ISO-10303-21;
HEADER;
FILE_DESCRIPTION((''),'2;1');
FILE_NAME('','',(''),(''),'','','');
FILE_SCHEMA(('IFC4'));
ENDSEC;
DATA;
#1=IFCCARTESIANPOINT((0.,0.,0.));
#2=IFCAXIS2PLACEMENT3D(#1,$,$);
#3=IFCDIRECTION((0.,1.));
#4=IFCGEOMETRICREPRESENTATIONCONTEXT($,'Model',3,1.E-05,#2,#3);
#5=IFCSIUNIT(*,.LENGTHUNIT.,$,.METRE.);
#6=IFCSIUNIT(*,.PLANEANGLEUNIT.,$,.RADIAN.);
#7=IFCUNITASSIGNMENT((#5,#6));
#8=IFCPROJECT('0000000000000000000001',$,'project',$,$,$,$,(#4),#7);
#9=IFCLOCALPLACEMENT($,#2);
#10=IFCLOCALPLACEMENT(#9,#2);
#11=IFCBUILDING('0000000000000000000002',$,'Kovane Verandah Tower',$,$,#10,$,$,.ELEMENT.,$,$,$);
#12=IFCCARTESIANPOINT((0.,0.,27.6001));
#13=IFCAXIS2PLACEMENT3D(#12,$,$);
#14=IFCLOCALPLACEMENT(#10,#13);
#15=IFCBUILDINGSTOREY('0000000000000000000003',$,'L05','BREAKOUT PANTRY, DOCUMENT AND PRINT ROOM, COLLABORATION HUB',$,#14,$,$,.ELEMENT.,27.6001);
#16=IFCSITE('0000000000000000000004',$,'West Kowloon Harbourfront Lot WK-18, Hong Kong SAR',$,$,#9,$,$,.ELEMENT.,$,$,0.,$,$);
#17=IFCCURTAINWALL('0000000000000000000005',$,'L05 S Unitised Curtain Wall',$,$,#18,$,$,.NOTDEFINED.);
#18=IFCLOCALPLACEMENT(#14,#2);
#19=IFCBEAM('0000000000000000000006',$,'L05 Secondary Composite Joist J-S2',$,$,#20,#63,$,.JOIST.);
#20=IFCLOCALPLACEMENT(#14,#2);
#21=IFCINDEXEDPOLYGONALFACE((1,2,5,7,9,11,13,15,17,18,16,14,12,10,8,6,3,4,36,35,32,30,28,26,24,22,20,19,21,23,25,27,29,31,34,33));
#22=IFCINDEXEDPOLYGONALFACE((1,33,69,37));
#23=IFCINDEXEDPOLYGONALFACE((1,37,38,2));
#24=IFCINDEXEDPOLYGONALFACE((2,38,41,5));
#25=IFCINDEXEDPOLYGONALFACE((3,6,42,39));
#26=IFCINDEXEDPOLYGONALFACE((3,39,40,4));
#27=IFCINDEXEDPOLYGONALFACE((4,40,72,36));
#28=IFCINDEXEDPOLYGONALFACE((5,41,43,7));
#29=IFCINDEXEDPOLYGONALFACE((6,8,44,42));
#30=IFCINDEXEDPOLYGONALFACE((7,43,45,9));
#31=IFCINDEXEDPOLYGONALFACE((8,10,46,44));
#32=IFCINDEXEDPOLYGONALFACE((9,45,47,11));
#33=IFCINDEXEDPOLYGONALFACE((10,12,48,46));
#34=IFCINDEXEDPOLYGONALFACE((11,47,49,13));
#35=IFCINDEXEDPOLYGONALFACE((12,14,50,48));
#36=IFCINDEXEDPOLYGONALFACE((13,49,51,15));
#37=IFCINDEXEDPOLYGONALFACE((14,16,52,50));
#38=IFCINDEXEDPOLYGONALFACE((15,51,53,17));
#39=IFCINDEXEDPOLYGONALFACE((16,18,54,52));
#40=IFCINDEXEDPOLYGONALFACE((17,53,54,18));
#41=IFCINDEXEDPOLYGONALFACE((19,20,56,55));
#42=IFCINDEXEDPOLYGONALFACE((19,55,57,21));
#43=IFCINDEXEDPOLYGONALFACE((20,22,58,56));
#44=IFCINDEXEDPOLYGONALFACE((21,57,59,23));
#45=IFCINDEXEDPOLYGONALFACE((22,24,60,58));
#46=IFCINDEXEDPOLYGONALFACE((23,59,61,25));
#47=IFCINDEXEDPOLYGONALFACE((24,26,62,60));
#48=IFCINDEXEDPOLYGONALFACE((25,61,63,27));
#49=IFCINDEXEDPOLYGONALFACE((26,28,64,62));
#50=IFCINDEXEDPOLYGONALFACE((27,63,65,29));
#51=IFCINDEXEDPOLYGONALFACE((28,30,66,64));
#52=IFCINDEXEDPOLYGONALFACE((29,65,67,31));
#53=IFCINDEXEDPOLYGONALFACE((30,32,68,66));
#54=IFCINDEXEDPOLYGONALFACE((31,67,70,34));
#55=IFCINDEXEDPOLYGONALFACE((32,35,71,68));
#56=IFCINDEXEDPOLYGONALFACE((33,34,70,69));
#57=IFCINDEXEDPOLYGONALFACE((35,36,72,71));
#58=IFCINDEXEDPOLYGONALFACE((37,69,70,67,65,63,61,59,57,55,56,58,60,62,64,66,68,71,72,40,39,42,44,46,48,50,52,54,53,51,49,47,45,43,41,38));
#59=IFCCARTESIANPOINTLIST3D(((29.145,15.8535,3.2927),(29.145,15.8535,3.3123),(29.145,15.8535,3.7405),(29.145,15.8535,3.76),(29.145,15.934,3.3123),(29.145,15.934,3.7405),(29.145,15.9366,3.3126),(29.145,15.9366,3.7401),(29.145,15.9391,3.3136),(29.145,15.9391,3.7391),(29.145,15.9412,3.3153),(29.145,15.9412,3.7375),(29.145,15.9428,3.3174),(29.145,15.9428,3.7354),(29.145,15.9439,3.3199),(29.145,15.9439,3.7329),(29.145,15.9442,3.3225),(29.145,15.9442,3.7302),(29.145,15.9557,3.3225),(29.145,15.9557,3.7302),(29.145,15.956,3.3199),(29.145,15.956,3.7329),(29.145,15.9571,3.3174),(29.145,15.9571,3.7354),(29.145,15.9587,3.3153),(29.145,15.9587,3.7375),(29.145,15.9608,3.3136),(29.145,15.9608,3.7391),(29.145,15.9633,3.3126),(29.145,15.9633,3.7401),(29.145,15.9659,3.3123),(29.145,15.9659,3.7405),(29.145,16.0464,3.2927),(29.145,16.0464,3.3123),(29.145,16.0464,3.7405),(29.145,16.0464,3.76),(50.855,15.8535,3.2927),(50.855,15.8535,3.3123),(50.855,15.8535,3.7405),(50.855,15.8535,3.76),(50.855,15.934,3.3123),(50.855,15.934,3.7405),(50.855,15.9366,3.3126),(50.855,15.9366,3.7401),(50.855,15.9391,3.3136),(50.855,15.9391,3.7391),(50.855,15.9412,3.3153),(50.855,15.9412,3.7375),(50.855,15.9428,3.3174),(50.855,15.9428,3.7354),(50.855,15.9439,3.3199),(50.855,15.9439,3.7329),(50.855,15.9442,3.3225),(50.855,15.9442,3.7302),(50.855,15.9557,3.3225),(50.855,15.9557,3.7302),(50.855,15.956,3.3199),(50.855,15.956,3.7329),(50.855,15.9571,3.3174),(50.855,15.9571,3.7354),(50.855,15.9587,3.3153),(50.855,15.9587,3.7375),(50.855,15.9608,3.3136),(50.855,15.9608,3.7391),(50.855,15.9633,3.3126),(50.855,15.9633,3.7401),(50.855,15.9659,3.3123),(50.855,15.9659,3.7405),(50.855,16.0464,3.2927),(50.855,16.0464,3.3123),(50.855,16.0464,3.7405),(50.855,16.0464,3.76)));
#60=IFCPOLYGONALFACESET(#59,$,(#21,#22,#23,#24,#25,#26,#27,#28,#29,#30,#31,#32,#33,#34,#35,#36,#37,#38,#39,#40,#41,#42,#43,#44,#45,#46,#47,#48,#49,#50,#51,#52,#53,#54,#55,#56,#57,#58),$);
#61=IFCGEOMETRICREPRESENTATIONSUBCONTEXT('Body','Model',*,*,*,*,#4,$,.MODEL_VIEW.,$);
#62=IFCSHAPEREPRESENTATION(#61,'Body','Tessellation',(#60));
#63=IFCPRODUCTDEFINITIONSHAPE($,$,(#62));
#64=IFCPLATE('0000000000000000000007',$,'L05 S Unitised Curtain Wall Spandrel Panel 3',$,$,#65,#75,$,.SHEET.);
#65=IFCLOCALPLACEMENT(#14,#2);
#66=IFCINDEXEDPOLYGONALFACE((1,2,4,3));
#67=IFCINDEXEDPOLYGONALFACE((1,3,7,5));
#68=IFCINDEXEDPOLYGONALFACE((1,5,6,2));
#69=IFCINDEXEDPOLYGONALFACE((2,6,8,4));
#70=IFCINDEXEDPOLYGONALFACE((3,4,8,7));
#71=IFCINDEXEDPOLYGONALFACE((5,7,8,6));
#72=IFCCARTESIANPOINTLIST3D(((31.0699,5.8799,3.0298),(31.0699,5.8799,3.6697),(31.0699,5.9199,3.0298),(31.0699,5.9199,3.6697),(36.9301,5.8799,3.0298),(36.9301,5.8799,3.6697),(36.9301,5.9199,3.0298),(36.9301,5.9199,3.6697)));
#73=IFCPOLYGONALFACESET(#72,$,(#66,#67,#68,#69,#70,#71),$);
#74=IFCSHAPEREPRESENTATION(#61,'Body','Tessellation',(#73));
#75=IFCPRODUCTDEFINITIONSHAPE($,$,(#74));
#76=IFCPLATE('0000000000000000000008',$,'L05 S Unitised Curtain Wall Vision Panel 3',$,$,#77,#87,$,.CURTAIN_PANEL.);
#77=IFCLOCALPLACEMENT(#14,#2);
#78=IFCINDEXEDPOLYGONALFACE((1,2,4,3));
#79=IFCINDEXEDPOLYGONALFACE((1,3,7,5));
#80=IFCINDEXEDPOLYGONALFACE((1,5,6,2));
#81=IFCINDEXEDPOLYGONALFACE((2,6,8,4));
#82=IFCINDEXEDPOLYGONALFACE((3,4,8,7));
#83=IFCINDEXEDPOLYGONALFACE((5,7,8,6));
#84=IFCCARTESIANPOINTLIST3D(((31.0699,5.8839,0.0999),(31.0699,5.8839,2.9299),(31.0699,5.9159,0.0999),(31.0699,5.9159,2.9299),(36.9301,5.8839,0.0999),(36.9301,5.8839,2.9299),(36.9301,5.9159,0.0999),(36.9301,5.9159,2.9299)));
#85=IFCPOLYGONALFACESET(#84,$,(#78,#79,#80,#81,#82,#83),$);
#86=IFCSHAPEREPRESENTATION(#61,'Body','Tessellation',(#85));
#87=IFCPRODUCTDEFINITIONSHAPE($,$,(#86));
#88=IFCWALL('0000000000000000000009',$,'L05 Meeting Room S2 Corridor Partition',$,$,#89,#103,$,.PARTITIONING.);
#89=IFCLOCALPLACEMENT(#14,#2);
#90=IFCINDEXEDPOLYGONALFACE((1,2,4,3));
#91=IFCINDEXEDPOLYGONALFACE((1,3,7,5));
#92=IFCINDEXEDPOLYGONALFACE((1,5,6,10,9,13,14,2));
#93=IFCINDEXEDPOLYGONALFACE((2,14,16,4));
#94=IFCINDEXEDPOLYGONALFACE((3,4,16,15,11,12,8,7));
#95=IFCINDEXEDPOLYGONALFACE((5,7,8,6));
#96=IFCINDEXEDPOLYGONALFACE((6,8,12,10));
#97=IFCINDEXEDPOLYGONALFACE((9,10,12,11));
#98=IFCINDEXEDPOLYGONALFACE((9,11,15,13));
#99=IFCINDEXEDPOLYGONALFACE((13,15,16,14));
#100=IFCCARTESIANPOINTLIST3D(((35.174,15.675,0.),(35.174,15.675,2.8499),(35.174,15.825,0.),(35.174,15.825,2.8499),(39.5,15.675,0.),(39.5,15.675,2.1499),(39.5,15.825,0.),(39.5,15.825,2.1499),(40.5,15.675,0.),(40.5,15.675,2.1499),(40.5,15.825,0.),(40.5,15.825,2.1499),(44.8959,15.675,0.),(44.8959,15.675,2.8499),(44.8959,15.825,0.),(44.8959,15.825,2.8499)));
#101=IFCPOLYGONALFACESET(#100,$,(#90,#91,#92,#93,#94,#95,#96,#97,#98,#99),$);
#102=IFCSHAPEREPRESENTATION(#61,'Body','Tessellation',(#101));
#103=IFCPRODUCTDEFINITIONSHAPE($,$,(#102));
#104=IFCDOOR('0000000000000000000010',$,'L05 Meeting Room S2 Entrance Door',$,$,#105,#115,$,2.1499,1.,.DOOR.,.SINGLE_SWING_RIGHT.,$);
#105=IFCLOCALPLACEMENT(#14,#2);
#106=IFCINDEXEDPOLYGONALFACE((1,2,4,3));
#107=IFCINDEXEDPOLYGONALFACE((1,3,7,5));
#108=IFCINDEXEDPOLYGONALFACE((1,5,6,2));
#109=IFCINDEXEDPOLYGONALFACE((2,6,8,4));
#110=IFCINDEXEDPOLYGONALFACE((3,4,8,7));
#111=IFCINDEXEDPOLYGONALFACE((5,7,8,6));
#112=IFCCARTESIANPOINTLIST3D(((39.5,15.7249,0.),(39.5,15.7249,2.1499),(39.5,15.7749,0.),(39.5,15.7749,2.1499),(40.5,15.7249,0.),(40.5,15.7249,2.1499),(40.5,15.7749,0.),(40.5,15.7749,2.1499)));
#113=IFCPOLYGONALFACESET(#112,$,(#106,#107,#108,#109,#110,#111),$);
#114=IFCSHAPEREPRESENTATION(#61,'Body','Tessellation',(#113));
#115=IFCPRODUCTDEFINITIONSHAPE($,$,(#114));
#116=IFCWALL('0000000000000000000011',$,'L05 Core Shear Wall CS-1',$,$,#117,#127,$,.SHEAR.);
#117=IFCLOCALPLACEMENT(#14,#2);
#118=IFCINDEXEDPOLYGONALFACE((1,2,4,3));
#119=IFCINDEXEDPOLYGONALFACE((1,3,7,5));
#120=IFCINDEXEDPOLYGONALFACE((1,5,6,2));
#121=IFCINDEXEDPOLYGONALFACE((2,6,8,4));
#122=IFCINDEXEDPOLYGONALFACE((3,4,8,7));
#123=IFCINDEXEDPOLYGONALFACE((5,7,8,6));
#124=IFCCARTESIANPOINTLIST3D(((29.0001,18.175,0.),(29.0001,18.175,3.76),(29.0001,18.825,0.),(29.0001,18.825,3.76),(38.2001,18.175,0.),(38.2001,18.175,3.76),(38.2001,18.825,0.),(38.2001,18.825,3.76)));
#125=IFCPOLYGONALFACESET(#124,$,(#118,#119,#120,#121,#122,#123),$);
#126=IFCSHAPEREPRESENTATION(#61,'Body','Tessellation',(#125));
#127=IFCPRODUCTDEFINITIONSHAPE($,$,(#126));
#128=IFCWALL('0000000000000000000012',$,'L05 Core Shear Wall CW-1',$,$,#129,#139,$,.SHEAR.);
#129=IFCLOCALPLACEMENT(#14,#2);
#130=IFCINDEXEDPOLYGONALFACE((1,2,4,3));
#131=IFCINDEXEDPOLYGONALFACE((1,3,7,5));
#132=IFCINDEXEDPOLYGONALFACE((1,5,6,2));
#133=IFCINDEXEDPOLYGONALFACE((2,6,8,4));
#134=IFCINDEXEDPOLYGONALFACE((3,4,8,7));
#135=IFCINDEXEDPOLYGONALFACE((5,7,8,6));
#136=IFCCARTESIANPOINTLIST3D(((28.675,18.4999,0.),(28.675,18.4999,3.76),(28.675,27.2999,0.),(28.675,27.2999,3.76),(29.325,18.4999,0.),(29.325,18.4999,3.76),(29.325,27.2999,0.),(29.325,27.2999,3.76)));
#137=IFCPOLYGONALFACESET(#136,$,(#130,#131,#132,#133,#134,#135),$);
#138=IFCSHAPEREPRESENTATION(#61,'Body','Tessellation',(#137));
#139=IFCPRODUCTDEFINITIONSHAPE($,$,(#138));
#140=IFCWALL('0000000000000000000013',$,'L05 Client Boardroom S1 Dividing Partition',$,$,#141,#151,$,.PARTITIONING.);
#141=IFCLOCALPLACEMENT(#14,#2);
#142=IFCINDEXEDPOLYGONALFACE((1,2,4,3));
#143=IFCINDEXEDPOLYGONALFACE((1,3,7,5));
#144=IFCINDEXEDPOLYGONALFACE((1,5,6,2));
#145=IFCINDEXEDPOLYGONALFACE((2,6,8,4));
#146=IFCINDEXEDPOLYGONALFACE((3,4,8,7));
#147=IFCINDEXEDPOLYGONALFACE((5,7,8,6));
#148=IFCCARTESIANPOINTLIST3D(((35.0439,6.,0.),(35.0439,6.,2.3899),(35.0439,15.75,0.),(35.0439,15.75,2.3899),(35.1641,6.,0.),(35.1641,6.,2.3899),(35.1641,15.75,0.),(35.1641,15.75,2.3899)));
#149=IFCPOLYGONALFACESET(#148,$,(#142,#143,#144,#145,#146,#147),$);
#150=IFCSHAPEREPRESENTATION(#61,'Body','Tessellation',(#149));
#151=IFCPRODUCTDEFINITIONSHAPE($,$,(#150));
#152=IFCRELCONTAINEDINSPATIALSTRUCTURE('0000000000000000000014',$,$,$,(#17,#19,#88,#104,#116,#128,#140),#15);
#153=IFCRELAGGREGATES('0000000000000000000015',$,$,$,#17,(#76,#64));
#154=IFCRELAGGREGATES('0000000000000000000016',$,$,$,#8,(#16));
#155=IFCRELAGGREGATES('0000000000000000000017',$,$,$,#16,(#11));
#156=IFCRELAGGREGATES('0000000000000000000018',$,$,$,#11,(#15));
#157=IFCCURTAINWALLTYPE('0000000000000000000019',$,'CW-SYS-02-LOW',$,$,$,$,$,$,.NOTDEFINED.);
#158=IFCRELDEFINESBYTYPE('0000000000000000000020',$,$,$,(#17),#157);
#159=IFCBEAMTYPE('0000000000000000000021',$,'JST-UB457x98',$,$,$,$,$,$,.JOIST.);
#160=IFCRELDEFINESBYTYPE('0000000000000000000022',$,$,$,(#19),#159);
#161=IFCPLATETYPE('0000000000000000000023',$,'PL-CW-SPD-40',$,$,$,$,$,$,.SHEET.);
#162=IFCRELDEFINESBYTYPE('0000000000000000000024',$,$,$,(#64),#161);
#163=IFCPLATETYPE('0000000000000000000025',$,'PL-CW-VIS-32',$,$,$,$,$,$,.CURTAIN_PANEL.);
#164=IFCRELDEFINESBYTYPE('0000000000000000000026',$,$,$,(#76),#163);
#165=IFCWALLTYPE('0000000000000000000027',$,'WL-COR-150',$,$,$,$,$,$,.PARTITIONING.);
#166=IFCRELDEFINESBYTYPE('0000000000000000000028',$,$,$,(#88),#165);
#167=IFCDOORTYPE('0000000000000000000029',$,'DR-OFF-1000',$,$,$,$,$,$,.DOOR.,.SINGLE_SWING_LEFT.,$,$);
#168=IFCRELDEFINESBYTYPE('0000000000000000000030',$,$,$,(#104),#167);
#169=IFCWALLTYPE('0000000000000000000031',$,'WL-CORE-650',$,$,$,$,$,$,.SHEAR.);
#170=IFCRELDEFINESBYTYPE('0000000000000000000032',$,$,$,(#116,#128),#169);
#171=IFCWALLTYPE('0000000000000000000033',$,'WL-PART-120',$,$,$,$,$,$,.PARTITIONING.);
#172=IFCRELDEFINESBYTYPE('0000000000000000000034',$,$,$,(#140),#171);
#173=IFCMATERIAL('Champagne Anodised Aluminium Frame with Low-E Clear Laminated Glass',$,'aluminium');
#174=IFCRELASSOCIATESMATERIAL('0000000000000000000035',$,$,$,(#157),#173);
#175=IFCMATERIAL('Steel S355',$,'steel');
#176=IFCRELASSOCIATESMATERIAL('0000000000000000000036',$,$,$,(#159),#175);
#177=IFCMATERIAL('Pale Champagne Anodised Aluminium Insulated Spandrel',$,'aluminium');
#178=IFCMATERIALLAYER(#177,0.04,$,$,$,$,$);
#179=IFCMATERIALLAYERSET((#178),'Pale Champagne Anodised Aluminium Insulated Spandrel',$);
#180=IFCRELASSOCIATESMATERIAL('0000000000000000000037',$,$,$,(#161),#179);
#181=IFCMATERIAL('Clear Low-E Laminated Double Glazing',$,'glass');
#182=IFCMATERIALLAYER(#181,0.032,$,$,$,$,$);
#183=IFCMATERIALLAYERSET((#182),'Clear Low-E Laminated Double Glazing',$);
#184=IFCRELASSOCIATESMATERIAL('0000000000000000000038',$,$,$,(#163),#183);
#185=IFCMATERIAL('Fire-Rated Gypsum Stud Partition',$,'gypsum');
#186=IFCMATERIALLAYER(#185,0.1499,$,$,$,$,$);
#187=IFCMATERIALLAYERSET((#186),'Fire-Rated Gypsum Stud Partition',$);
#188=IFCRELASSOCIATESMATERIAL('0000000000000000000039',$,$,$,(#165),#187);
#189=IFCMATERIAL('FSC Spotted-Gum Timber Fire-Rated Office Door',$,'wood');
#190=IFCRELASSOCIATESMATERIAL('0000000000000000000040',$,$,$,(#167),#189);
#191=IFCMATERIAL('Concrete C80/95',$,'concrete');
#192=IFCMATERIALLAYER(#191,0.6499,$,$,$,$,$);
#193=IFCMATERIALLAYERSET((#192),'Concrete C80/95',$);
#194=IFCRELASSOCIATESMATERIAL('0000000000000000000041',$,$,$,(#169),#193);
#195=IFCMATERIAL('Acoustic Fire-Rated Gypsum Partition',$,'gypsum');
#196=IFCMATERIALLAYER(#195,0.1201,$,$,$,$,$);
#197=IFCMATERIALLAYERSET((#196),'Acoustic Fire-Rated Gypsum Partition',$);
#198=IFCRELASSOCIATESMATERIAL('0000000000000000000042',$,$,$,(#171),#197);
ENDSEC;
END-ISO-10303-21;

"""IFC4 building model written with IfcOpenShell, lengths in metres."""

from ifc_helpers import new_model, si_unit, direction, frame, frame_2d, origin, origin_2d, place, context, subcontext, project, spatial, rectangle, i_section, extrude, material, layer, layer_set, material_profile, profile_set, type_object, element, fill, aggregate, save


model = new_model("IFC4")

# Units and contexts
model_context = context("Model", 3, precision=1e-05, world=origin(), true_north=direction((0.0, 1.0)))
body_context = subcontext(model_context, "Body", "Model", "MODEL_VIEW")
ifc_project = project(units=[si_unit("LENGTHUNIT", "METRE"), si_unit("PLANEANGLEUNIT", "RADIAN")], contexts=[model_context])

# Site, building, storey
site_placement = place(None, origin())
site = spatial("IfcSite", under=ifc_project, at=site_placement, Name="West Kowloon Harbourfront Lot WK-18, Hong Kong SAR", CompositionType="ELEMENT", RefElevation=0.0)
building_placement = place(site_placement, origin())
building = spatial("IfcBuilding", under=site, at=building_placement, Name="Kovane Verandah Tower", CompositionType="ELEMENT")
storey_placement = place(building_placement, frame((0.0, 0.0, 27.6001)))
storey = spatial("IfcBuildingStorey", under=building, at=storey_placement, Name="L05", Description="BREAKOUT PANTRY, DOCUMENT AND PRINT ROOM, COLLABORATION HUB", CompositionType="ELEMENT", Elevation=27.6001)

# Shared definitions
ifc_material_1 = material(Name="Concrete C80/95", Category="concrete")

# Shared definitions
ifc_material_2 = material(Name="Steel S355", Category="steel")

# Curtain wall
ifc_material_3 = material(Name="Champagne Anodised Aluminium Frame with Low-E Clear Laminated Glass", Category="aluminium")
curtain_wall_type = type_object("IfcCurtainWallType", Name="CW-SYS-02-LOW", PredefinedType="NOTDEFINED", material=ifc_material_3)
curtain_wall_placement = place(storey_placement, origin())
curtain_wall = element("IfcCurtainWall", 1, at=curtain_wall_placement, inside=storey, type_object=curtain_wall_type, Name="L05 S Unitised Curtain Wall", PredefinedType="NOTDEFINED")

# Beam
ifc_material_profile_1 = material_profile(ifc_material_2, i_section(OverallWidth=0.1929, OverallDepth=0.4673, WebThickness=0.0115, FlangeThickness=0.0195, FilletRadius=0.0103, at=origin_2d()), Name="UB457x191x98")
ifc_profile_set_1 = profile_set([ifc_material_profile_1], Name="Steel S355")
beam_type_1 = type_object("IfcBeamType", Name="JST-UB457x98", PredefinedType="JOIST", material=ifc_profile_set_1)
for number, where, z_axis, x_axis, name in (
    (2, (29.145, 15.95, 3.5264), (1.0, 0.0, 0.0), (0.0, 1.0, 0.0), "L05 Secondary Composite Joist J-S2"),
):
    element("IfcBeam", number, at=place(storey_placement, frame(where, z_axis=z_axis, x_axis=x_axis)), inside=storey, type_object=beam_type_1, Name=name, PredefinedType="JOIST", context=body_context, shape_type="SweptSolid", body=[
        extrude(i_section(OverallWidth=0.1929, OverallDepth=0.4673, WebThickness=0.0115, FlangeThickness=0.0195, FilletRadius=0.0103, at=origin_2d()), origin(), (0.0, 0.0, 1.0), 21.71),
    ])

# Plates
ifc_material_4 = material(Name="Pale Champagne Anodised Aluminium Insulated Spandrel", Category="aluminium")
ifc_layer_1 = layer(ifc_material_4, 0.04)
ifc_layer_set_1 = layer_set([ifc_layer_1], Name="Pale Champagne Anodised Aluminium Insulated Spandrel")
plate_type_1 = type_object("IfcPlateType", Name="PL-CW-SPD-40", PredefinedType="SHEET", material=ifc_layer_set_1)
plate_1_placement = place(storey_placement, frame((34.0, 5.8999, 3.0298), z_axis=(0.0, 0.0, 1.0), x_axis=(1.0, 0.0, 0.0)))
plate_1 = element("IfcPlate", 3, at=plate_1_placement, type_object=plate_type_1, Name="L05 S Unitised Curtain Wall Spandrel Panel 3", PredefinedType="SHEET", context=body_context, shape_type="SweptSolid", body=[
    extrude(rectangle(XDim=5.8601, YDim=0.04, at=origin_2d()), origin(), (0.0, 0.0, 1.0), 0.6399),
])
ifc_material_5 = material(Name="Clear Low-E Laminated Double Glazing", Category="glass")
ifc_layer_2 = layer(ifc_material_5, 0.032)
ifc_layer_set_2 = layer_set([ifc_layer_2], Name="Clear Low-E Laminated Double Glazing")
plate_type_2 = type_object("IfcPlateType", Name="PL-CW-VIS-32", PredefinedType="CURTAIN_PANEL", material=ifc_layer_set_2)
plate_2_placement = place(storey_placement, frame((34.0, 5.8999, 0.0999), z_axis=(0.0, 0.0, 1.0), x_axis=(1.0, 0.0, 0.0)))
plate_2 = element("IfcPlate", 4, at=plate_2_placement, type_object=plate_type_2, Name="L05 S Unitised Curtain Wall Vision Panel 3", PredefinedType="CURTAIN_PANEL", context=body_context, shape_type="SweptSolid", body=[
    extrude(rectangle(XDim=5.8601, YDim=0.032, at=origin_2d()), origin(), (0.0, 0.0, 1.0), 2.8301),
])
aggregate(curtain_wall, [plate_2, plate_1])

# Wall, opening, door
ifc_material_6 = material(Name="Fire-Rated Gypsum Stud Partition", Category="gypsum")
ifc_layer_3 = layer(ifc_material_6, 0.1499)
ifc_layer_set_3 = layer_set([ifc_layer_3], Name="Fire-Rated Gypsum Stud Partition")
wall_type_1 = type_object("IfcWallType", Name="WL-COR-150", PredefinedType="PARTITIONING", material=ifc_layer_set_3)
wall_1_placement = place(storey_placement, frame((35.1741, 15.75, 0.0), z_axis=(0.0, 0.0, 1.0), x_axis=(1.0, 0.0, 0.0)))
wall_1 = element("IfcWall", 5, at=wall_1_placement, inside=storey, type_object=wall_type_1, Name="L05 Meeting Room S2 Corridor Partition", PredefinedType="PARTITIONING", context=body_context, shape_type="SweptSolid", body=[
    extrude(rectangle(XDim=9.7219, YDim=0.1499, at=frame_2d((4.8608, 0.0))), origin(), (0.0, 0.0, 1.0), 2.8499),
])
opening_placement = place(wall_1_placement, frame((4.3259, 0.0, 0.0)))
opening = element("IfcOpeningElement", 6, at=opening_placement, cuts=wall_1, PredefinedType="OPENING", context=body_context, shape_type="SweptSolid", body=[
    extrude(rectangle(XDim=1.0, YDim=2.1499, at=frame_2d((0.5, 1.075))), frame((0.0, 0.075, 0.0), z_axis=(0.0, -1.0, 0.0), x_axis=(1.0, 0.0, 0.0)), (0.0, 0.0, 1.0), 0.1499),
])
ifc_material_7 = material(Name="FSC Spotted-Gum Timber Fire-Rated Office Door", Category="wood")
door_type = type_object("IfcDoorType", Name="DR-OFF-1000", OperationType="SINGLE_SWING_LEFT", PredefinedType="DOOR", material=ifc_material_7)
door_placement = place(opening_placement, origin())
door = element("IfcDoor", 7, at=door_placement, inside=storey, type_object=door_type, Name="L05 Meeting Room S2 Entrance Door", OperationType="SINGLE_SWING_RIGHT", OverallHeight=2.1499, OverallWidth=1.0, PredefinedType="DOOR", context=body_context, shape_type="SweptSolid", body=[
    extrude(rectangle(XDim=1.0, YDim=2.1499, at=frame_2d((0.5, 1.075))), frame((0.0, 0.0249, 0.0), z_axis=(0.0, -1.0, 0.0), x_axis=(1.0, 0.0, 0.0)), (0.0, 0.0, 1.0), 0.05),
])
fill(opening, door)

# Walls
ifc_layer_4 = layer(ifc_material_1, 0.6499)
ifc_layer_set_4 = layer_set([ifc_layer_4], Name="Concrete C80/95")
wall_type_2 = type_object("IfcWallType", Name="WL-CORE-650", PredefinedType="SHEAR", material=ifc_layer_set_4)
wall_2_placement = place(storey_placement, frame((29.0, 18.5, 0.0), z_axis=(0.0, 0.0, 1.0), x_axis=(1.0, 0.0, 0.0)))
element("IfcWall", 8, at=wall_2_placement, inside=storey, type_object=wall_type_2, Name="L05 Core Shear Wall CS-1", PredefinedType="SHEAR", context=body_context, shape_type="SweptSolid", body=[
    extrude(rectangle(XDim=9.2, YDim=0.6499, at=frame_2d((4.6001, 0.0))), origin(), (0.0, 0.0, 1.0), 3.76),
])
wall_3_placement = place(storey_placement, frame((29.0, 18.5, 0.0), z_axis=(0.0, 0.0, 1.0), x_axis=(0.0, 1.0, 0.0)))
element("IfcWall", 9, at=wall_3_placement, inside=storey, type_object=wall_type_2, Name="L05 Core Shear Wall CW-1", PredefinedType="SHEAR", context=body_context, shape_type="SweptSolid", body=[
    extrude(rectangle(XDim=8.8, YDim=0.6499, at=frame_2d((4.3999, 0.0))), origin(), (0.0, 0.0, 1.0), 3.76),
])
ifc_material_8 = material(Name="Acoustic Fire-Rated Gypsum Partition", Category="gypsum")
ifc_layer_5 = layer(ifc_material_8, 0.1201)
ifc_layer_set_5 = layer_set([ifc_layer_5], Name="Acoustic Fire-Rated Gypsum Partition")
wall_type_3 = type_object("IfcWallType", Name="WL-PART-120", PredefinedType="PARTITIONING", material=ifc_layer_set_5)
wall_4_placement = place(storey_placement, frame((35.104, 6.0, 0.0), z_axis=(0.0, 0.0, 1.0), x_axis=(0.0, 1.0, 0.0)))
element("IfcWall", 10, at=wall_4_placement, inside=storey, type_object=wall_type_3, Name="L05 Client Boardroom S1 Dividing Partition", PredefinedType="PARTITIONING", context=body_context, shape_type="SweptSolid", body=[
    extrude(rectangle(XDim=9.75, YDim=0.1201, at=frame_2d((4.875, 0.0))), origin(), (0.0, 0.0, 1.0), 2.3899),
])

save(model, "model.ifc")
